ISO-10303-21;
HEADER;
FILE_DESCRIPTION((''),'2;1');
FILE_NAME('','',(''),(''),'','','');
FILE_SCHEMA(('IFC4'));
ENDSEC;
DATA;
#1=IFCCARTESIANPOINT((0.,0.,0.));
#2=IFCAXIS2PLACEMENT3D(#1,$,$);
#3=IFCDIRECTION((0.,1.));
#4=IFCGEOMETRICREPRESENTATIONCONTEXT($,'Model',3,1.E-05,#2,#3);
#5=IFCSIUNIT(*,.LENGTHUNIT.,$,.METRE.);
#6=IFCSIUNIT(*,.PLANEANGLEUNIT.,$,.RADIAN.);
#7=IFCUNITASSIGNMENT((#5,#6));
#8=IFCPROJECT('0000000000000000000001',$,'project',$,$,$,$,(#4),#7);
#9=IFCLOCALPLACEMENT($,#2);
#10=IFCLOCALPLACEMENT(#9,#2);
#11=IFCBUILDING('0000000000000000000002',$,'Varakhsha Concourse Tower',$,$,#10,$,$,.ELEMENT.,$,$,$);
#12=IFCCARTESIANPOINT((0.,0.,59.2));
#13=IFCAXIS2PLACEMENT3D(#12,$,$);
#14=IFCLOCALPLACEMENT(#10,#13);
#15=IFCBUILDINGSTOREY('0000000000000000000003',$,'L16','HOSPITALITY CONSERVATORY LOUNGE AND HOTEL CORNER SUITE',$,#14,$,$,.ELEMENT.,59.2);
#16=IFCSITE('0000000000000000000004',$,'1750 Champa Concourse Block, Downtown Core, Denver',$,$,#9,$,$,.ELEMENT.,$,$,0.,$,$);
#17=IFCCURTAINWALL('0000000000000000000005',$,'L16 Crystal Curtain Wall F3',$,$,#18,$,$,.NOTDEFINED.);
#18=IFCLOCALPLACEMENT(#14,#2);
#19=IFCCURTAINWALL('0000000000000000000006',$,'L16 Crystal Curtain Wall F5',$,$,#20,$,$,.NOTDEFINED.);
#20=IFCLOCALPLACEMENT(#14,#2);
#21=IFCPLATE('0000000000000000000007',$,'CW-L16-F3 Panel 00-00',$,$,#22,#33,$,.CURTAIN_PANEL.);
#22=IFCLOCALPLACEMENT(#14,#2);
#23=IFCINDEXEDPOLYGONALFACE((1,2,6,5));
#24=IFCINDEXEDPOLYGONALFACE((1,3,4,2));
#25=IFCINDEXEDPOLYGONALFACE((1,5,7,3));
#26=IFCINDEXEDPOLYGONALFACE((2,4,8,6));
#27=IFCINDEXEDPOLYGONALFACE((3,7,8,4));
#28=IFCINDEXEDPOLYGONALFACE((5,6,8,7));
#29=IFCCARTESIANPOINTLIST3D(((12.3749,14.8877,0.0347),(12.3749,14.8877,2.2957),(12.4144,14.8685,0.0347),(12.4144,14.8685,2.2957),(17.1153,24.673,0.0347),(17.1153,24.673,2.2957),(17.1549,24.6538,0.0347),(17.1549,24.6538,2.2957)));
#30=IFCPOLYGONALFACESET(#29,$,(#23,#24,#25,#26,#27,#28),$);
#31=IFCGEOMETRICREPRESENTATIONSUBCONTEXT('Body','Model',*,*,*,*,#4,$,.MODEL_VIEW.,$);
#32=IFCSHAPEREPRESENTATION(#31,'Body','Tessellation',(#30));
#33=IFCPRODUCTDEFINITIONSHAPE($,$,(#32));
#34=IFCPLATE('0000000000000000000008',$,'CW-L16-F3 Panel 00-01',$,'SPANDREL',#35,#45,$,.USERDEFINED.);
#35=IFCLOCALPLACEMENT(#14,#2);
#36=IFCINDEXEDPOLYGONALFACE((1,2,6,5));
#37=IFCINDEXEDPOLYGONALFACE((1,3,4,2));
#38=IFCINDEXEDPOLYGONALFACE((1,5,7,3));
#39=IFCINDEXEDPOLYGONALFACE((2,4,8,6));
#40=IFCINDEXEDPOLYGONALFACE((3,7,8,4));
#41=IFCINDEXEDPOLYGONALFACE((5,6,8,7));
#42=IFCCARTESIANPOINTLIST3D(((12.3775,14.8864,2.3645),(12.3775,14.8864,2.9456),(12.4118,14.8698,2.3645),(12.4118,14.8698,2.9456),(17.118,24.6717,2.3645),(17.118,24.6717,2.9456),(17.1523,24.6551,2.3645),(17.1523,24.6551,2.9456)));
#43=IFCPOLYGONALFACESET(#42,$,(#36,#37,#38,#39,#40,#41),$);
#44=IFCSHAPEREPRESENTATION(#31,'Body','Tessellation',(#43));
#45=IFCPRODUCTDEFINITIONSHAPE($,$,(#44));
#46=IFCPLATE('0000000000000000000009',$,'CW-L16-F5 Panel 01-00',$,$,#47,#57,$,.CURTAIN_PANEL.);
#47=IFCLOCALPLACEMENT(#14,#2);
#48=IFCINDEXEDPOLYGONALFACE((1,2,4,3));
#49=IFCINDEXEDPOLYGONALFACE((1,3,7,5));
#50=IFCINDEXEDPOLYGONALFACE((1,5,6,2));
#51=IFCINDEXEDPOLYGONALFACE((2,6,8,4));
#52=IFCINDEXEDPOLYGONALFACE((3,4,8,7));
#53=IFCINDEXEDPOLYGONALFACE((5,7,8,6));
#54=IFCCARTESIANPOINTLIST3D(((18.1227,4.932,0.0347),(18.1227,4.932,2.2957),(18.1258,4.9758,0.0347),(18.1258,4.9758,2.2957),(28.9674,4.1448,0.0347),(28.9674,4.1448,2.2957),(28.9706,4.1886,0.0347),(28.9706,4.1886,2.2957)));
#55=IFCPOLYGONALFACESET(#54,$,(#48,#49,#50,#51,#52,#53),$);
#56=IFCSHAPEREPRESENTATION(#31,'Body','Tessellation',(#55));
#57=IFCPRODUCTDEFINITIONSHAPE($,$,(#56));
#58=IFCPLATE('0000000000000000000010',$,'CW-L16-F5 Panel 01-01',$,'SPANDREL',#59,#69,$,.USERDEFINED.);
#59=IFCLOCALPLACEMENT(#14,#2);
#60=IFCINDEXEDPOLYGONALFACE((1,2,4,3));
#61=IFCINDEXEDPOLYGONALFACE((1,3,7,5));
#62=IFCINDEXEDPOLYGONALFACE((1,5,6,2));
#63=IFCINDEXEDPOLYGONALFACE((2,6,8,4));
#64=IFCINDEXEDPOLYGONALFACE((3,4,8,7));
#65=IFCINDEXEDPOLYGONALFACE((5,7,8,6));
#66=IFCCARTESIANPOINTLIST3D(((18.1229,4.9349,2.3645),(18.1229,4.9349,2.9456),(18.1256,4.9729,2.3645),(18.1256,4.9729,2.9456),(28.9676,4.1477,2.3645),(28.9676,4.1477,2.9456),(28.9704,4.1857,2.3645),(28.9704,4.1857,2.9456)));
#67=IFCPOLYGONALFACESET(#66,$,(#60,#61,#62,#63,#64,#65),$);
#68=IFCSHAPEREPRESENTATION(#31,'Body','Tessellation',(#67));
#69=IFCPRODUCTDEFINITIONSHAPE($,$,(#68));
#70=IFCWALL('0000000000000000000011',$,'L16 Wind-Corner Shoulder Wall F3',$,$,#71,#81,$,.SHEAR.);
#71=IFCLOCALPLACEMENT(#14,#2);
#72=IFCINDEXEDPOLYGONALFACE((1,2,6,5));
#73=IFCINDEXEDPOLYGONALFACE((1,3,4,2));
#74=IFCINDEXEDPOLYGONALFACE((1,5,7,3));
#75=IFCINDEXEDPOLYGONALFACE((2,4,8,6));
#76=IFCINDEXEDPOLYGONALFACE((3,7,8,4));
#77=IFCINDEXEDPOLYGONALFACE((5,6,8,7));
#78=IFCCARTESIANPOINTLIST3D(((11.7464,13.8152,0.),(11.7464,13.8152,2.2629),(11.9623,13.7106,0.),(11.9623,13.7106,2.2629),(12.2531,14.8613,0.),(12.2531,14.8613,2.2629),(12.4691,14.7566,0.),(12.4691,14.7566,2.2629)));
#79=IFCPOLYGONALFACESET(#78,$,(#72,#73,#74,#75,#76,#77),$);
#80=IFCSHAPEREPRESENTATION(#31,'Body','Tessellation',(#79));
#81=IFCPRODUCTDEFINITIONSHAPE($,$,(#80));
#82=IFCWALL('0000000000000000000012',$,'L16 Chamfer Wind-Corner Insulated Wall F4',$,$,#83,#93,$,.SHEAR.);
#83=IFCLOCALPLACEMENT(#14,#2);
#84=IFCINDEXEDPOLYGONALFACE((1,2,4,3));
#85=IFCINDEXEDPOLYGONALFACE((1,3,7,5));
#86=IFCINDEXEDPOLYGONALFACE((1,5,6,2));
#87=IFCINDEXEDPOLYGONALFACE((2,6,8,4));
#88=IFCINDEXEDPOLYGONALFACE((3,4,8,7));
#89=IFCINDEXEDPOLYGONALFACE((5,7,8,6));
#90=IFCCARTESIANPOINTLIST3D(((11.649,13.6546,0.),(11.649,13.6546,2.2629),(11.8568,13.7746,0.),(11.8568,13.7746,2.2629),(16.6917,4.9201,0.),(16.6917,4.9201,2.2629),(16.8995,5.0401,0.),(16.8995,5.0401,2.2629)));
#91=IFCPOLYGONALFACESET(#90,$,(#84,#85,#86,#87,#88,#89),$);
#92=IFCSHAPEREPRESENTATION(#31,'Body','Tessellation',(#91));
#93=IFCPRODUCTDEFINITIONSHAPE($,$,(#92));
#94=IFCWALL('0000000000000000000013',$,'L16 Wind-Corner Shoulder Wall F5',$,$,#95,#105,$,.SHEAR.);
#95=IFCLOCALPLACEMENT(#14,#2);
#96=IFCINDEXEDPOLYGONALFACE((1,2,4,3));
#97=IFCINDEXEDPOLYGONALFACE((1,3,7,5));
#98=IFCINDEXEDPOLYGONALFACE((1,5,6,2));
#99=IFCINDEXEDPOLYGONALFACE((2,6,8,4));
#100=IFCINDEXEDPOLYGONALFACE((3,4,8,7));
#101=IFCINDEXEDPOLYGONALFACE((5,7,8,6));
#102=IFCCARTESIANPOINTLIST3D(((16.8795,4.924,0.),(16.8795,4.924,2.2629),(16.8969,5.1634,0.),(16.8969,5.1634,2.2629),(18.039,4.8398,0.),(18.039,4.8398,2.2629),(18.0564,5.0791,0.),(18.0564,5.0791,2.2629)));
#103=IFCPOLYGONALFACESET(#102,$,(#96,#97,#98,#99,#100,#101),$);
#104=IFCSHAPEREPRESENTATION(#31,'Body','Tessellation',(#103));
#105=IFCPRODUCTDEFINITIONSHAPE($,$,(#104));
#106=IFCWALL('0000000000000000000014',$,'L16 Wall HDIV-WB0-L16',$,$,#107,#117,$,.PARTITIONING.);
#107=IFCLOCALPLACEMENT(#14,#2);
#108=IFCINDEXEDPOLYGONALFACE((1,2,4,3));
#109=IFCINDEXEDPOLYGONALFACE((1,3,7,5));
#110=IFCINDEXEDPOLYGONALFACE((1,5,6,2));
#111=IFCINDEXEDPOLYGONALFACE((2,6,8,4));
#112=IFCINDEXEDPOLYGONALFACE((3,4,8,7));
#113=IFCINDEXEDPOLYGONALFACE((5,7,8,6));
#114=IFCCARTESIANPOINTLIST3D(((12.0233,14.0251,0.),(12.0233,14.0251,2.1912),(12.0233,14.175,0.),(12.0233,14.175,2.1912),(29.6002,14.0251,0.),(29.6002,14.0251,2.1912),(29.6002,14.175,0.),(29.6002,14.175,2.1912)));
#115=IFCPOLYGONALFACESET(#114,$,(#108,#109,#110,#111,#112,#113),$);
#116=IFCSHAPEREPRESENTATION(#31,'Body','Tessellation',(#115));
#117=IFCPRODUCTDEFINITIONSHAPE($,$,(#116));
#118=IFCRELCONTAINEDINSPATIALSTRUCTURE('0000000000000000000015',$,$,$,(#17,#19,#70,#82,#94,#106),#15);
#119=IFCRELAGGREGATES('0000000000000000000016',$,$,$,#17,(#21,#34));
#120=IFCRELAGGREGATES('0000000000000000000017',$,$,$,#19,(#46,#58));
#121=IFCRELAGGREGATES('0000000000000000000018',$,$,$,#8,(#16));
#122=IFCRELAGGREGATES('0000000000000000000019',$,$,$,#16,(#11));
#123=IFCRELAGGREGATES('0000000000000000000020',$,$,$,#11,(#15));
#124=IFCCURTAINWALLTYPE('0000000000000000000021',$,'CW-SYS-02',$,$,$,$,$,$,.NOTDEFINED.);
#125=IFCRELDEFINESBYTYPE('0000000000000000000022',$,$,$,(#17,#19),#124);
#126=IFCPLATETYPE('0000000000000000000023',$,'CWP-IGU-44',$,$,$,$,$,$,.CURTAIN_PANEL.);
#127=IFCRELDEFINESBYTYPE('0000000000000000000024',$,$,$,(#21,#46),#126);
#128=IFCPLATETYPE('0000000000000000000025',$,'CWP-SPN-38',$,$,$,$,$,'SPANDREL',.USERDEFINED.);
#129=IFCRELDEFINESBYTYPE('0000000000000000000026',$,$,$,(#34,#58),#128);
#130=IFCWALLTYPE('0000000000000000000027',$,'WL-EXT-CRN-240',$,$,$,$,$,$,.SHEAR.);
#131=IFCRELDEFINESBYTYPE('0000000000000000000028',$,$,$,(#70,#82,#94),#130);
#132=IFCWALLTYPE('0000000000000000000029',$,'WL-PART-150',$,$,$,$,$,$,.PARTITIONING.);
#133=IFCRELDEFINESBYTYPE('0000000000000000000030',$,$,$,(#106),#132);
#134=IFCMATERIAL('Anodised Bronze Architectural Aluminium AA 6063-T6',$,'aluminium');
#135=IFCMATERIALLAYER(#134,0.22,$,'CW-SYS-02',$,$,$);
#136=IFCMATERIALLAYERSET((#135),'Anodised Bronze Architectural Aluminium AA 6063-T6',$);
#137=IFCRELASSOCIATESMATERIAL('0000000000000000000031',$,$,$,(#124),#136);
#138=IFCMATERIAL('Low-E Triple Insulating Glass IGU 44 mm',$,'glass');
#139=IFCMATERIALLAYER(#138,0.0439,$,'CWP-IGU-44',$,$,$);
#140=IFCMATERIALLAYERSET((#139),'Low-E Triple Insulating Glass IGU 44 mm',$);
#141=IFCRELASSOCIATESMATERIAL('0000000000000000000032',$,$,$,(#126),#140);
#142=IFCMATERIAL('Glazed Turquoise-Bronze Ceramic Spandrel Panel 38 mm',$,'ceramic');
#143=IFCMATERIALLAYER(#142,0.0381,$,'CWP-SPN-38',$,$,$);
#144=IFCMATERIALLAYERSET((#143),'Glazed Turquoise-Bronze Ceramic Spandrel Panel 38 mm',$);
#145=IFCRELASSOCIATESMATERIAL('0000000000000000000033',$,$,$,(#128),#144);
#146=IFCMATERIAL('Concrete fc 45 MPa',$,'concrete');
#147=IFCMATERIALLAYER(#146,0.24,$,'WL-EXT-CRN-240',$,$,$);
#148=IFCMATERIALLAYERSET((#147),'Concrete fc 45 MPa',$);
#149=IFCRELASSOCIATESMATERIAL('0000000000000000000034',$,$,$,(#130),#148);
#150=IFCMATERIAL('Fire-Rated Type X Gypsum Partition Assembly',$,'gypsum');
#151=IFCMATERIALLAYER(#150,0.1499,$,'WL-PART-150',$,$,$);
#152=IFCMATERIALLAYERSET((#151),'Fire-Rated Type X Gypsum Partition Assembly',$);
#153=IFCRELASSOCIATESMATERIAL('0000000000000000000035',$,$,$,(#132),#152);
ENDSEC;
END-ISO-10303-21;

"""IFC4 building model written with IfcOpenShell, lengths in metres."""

from ifc_helpers import new_model, si_unit, direction, frame, frame_2d, origin, origin_2d, place, context, subcontext, project, spatial, rectangle, extrude, source, transform, mapped, material, layer, layer_set, type_object, type_shapes, element, aggregate, save


model = new_model("IFC4")

# Units and contexts
model_context = context("Model", 3, precision=1e-05, world=origin(), true_north=direction((0.0, 1.0)))
body_context = subcontext(model_context, "Body", "Model", "MODEL_VIEW")
ifc_project = project(units=[si_unit("LENGTHUNIT", "METRE"), si_unit("PLANEANGLEUNIT", "RADIAN")], contexts=[model_context])

# Site, building, storey
site_placement = place(None, origin())
site = spatial("IfcSite", under=ifc_project, at=site_placement, Name="1750 Champa Concourse Block, Downtown Core, Denver", CompositionType="ELEMENT", RefElevation=0.0)
building_placement = place(site_placement, origin())
building = spatial("IfcBuilding", under=site, at=building_placement, Name="Varakhsha Concourse Tower", CompositionType="ELEMENT")
storey_placement = place(building_placement, frame((0.0, 0.0, 59.2)))
storey = spatial("IfcBuildingStorey", under=building, at=storey_placement, Name="L16", Description="HOSPITALITY CONSERVATORY LOUNGE AND HOTEL CORNER SUITE", CompositionType="ELEMENT", Elevation=59.2)

# Curtain walls
ifc_material_1 = material(Name="Anodised Bronze Architectural Aluminium AA 6063-T6", Category="aluminium")
ifc_layer_1 = layer(ifc_material_1, 0.22, Name="CW-SYS-02")
ifc_layer_set_1 = layer_set([ifc_layer_1], Name="Anodised Bronze Architectural Aluminium AA 6063-T6")
curtain_wall_type = type_object("IfcCurtainWallType", Name="CW-SYS-02", PredefinedType="NOTDEFINED", material=ifc_layer_set_1)
curtain_wall_1_placement = place(storey_placement, origin())
curtain_wall_1 = element("IfcCurtainWall", 1, at=curtain_wall_1_placement, inside=storey, type_object=curtain_wall_type, Name="L16 Crystal Curtain Wall F3", PredefinedType="NOTDEFINED")
curtain_wall_2_placement = place(storey_placement, origin())
curtain_wall_2 = element("IfcCurtainWall", 2, at=curtain_wall_2_placement, inside=storey, type_object=curtain_wall_type, Name="L16 Crystal Curtain Wall F5", PredefinedType="NOTDEFINED")

# Shared definitions
ifc_material_2 = material(Name="Concrete fc 45 MPa", Category="concrete")

# Plates
ifc_material_3 = material(Name="Low-E Triple Insulating Glass IGU 44 mm", Category="glass")
ifc_layer_2 = layer(ifc_material_3, 0.0439, Name="CWP-IGU-44")
ifc_layer_set_2 = layer_set([ifc_layer_2], Name="Low-E Triple Insulating Glass IGU 44 mm")
plate_type_1 = type_object("IfcPlateType", Name="CWP-IGU-44", PredefinedType="CURTAIN_PANEL", material=ifc_layer_set_2)
shared_shape_1 = source(origin(), body_context, "Body", "SweptSolid", [
    extrude(rectangle(XDim=10.873, YDim=0.0439, at=origin_2d()), origin(), (0.0, 0.0, 1.0), 2.261),
])
plate_1_placement = place(storey_placement, frame((14.7649, 19.7708, 0.0347), z_axis=(0.0, 0.0, 1.0), x_axis=(0.435982, 0.899955, 0.0)))
plate_1 = element("IfcPlate", 3, at=plate_1_placement, type_object=plate_type_1, Name="CW-L16-F3 Panel 00-00", PredefinedType="CURTAIN_PANEL", context=body_context, shape_type="MappedRepresentation", body=[
    mapped(shared_shape_1, transform((0.0, 0.0, 0.0), scale=1.0)),
])
ifc_material_4 = material(Name="Glazed Turquoise-Bronze Ceramic Spandrel Panel 38 mm", Category="ceramic")
ifc_layer_3 = layer(ifc_material_4, 0.0381, Name="CWP-SPN-38")
ifc_layer_set_3 = layer_set([ifc_layer_3], Name="Glazed Turquoise-Bronze Ceramic Spandrel Panel 38 mm")
plate_type_2 = type_object("IfcPlateType", Name="CWP-SPN-38", ElementType="SPANDREL", PredefinedType="USERDEFINED", material=ifc_layer_set_3)
shared_shape_2 = source(origin(), body_context, "Body", "SweptSolid", [
    extrude(rectangle(XDim=10.873, YDim=0.0381, at=origin_2d()), origin(), (0.0, 0.0, 1.0), 0.5811),
])
plate_2_placement = place(storey_placement, frame((14.7649, 19.7708, 2.3645), z_axis=(0.0, 0.0, 1.0), x_axis=(0.435982, 0.899955, 0.0)))
plate_2 = element("IfcPlate", 4, at=plate_2_placement, type_object=plate_type_2, Name="CW-L16-F3 Panel 00-01", ObjectType="SPANDREL", PredefinedType="USERDEFINED", context=body_context, shape_type="MappedRepresentation", body=[
    mapped(shared_shape_2, transform((0.0, 0.0, 0.0), scale=1.0)),
])
aggregate(curtain_wall_1, [plate_1, plate_2])
shared_shape_3 = source(origin(), body_context, "Body", "SweptSolid", [
    extrude(rectangle(XDim=10.8733, YDim=0.0439, at=origin_2d()), origin(), (0.0, 0.0, 1.0), 2.261),
])
type_shapes(plate_type_1, [shared_shape_1, shared_shape_3])
plate_3_placement = place(storey_placement, frame((23.5466, 4.5603, 0.0347), z_axis=(0.0, 0.0, 1.0), x_axis=(-0.997376, 0.072401, 0.0)))
plate_3 = element("IfcPlate", 5, at=plate_3_placement, type_object=plate_type_1, Name="CW-L16-F5 Panel 01-00", PredefinedType="CURTAIN_PANEL", context=body_context, shape_type="MappedRepresentation", body=[
    mapped(shared_shape_3, transform((0.0, 0.0, 0.0), scale=1.0)),
])
shared_shape_4 = source(origin(), body_context, "Body", "SweptSolid", [
    extrude(rectangle(XDim=10.8733, YDim=0.0381, at=origin_2d()), origin(), (0.0, 0.0, 1.0), 0.5811),
])
type_shapes(plate_type_2, [shared_shape_2, shared_shape_4])
plate_4_placement = place(storey_placement, frame((23.5466, 4.5603, 2.3645), z_axis=(0.0, 0.0, 1.0), x_axis=(-0.997376, 0.072401, 0.0)))
plate_4 = element("IfcPlate", 6, at=plate_4_placement, type_object=plate_type_2, Name="CW-L16-F5 Panel 01-01", ObjectType="SPANDREL", PredefinedType="USERDEFINED", context=body_context, shape_type="MappedRepresentation", body=[
    mapped(shared_shape_4, transform((0.0, 0.0, 0.0), scale=1.0)),
])
aggregate(curtain_wall_2, [plate_3, plate_4])

# Walls
ifc_layer_4 = layer(ifc_material_2, 0.24, Name="WL-EXT-CRN-240")
ifc_layer_set_4 = layer_set([ifc_layer_4], Name="Concrete fc 45 MPa")
wall_type_1 = type_object("IfcWallType", Name="WL-EXT-CRN-240", PredefinedType="SHEAR", material=ifc_layer_set_4)
wall_1_placement = place(storey_placement, frame((12.3611, 14.8088, 0.0), z_axis=(0.0, 0.0, 1.0), x_axis=(-0.436006, -0.899944, 0.0)))
element("IfcWall", 7, at=wall_1_placement, inside=storey, type_object=wall_type_1, Name="L16 Wind-Corner Shoulder Wall F3", PredefinedType="SHEAR", context=body_context, shape_type="SweptSolid", body=[
    extrude(rectangle(XDim=1.1624, YDim=0.24, at=frame_2d((0.5811, 0.0))), origin(), (0.0, 0.0, 1.0), 2.2629),
])
wall_2_placement = place(storey_placement, frame((16.7957, 4.98, 0.0), z_axis=(0.0, 0.0, 1.0), x_axis=(-0.499984, 0.866034, 0.0)))
element("IfcWall", 8, at=wall_2_placement, inside=storey, type_object=wall_type_1, Name="L16 Chamfer Wind-Corner Insulated Wall F4", PredefinedType="SHEAR", context=body_context, shape_type="SweptSolid", body=[
    extrude(rectangle(XDim=10.0857, YDim=0.24, at=frame_2d((5.043, 0.0))), origin(), (0.0, 0.0, 1.0), 2.2629),
])
wall_3_placement = place(storey_placement, frame((16.8882, 5.0437, 0.0), z_axis=(0.0, 0.0, 1.0), x_axis=(0.997372, -0.072456, 0.0)))
element("IfcWall", 9, at=wall_3_placement, inside=storey, type_object=wall_type_1, Name="L16 Wind-Corner Shoulder Wall F5", PredefinedType="SHEAR", context=body_context, shape_type="SweptSolid", body=[
    extrude(rectangle(XDim=1.1626, YDim=0.24, at=frame_2d((0.5813, 0.0))), origin(), (0.0, 0.0, 1.0), 2.2629),
])
ifc_material_5 = material(Name="Fire-Rated Type X Gypsum Partition Assembly", Category="gypsum")
ifc_layer_5 = layer(ifc_material_5, 0.1499, Name="WL-PART-150")
ifc_layer_set_5 = layer_set([ifc_layer_5], Name="Fire-Rated Type X Gypsum Partition Assembly")
wall_type_2 = type_object("IfcWallType", Name="WL-PART-150", PredefinedType="PARTITIONING", material=ifc_layer_set_5)
wall_4_placement = place(storey_placement, frame((12.0232, 14.1001, 0.0), z_axis=(0.0, 0.0, 1.0), x_axis=(1.0, 0.0, 0.0)))
element("IfcWall", 10, at=wall_4_placement, inside=storey, type_object=wall_type_2, Name="L16 Wall HDIV-WB0-L16", PredefinedType="PARTITIONING", context=body_context, shape_type="SweptSolid", body=[
    extrude(rectangle(XDim=17.5769, YDim=0.1499, at=frame_2d((8.7886, 0.0))), origin(), (0.0, 0.0, 1.0), 2.1912),
])

save(model, "model.ifc")
